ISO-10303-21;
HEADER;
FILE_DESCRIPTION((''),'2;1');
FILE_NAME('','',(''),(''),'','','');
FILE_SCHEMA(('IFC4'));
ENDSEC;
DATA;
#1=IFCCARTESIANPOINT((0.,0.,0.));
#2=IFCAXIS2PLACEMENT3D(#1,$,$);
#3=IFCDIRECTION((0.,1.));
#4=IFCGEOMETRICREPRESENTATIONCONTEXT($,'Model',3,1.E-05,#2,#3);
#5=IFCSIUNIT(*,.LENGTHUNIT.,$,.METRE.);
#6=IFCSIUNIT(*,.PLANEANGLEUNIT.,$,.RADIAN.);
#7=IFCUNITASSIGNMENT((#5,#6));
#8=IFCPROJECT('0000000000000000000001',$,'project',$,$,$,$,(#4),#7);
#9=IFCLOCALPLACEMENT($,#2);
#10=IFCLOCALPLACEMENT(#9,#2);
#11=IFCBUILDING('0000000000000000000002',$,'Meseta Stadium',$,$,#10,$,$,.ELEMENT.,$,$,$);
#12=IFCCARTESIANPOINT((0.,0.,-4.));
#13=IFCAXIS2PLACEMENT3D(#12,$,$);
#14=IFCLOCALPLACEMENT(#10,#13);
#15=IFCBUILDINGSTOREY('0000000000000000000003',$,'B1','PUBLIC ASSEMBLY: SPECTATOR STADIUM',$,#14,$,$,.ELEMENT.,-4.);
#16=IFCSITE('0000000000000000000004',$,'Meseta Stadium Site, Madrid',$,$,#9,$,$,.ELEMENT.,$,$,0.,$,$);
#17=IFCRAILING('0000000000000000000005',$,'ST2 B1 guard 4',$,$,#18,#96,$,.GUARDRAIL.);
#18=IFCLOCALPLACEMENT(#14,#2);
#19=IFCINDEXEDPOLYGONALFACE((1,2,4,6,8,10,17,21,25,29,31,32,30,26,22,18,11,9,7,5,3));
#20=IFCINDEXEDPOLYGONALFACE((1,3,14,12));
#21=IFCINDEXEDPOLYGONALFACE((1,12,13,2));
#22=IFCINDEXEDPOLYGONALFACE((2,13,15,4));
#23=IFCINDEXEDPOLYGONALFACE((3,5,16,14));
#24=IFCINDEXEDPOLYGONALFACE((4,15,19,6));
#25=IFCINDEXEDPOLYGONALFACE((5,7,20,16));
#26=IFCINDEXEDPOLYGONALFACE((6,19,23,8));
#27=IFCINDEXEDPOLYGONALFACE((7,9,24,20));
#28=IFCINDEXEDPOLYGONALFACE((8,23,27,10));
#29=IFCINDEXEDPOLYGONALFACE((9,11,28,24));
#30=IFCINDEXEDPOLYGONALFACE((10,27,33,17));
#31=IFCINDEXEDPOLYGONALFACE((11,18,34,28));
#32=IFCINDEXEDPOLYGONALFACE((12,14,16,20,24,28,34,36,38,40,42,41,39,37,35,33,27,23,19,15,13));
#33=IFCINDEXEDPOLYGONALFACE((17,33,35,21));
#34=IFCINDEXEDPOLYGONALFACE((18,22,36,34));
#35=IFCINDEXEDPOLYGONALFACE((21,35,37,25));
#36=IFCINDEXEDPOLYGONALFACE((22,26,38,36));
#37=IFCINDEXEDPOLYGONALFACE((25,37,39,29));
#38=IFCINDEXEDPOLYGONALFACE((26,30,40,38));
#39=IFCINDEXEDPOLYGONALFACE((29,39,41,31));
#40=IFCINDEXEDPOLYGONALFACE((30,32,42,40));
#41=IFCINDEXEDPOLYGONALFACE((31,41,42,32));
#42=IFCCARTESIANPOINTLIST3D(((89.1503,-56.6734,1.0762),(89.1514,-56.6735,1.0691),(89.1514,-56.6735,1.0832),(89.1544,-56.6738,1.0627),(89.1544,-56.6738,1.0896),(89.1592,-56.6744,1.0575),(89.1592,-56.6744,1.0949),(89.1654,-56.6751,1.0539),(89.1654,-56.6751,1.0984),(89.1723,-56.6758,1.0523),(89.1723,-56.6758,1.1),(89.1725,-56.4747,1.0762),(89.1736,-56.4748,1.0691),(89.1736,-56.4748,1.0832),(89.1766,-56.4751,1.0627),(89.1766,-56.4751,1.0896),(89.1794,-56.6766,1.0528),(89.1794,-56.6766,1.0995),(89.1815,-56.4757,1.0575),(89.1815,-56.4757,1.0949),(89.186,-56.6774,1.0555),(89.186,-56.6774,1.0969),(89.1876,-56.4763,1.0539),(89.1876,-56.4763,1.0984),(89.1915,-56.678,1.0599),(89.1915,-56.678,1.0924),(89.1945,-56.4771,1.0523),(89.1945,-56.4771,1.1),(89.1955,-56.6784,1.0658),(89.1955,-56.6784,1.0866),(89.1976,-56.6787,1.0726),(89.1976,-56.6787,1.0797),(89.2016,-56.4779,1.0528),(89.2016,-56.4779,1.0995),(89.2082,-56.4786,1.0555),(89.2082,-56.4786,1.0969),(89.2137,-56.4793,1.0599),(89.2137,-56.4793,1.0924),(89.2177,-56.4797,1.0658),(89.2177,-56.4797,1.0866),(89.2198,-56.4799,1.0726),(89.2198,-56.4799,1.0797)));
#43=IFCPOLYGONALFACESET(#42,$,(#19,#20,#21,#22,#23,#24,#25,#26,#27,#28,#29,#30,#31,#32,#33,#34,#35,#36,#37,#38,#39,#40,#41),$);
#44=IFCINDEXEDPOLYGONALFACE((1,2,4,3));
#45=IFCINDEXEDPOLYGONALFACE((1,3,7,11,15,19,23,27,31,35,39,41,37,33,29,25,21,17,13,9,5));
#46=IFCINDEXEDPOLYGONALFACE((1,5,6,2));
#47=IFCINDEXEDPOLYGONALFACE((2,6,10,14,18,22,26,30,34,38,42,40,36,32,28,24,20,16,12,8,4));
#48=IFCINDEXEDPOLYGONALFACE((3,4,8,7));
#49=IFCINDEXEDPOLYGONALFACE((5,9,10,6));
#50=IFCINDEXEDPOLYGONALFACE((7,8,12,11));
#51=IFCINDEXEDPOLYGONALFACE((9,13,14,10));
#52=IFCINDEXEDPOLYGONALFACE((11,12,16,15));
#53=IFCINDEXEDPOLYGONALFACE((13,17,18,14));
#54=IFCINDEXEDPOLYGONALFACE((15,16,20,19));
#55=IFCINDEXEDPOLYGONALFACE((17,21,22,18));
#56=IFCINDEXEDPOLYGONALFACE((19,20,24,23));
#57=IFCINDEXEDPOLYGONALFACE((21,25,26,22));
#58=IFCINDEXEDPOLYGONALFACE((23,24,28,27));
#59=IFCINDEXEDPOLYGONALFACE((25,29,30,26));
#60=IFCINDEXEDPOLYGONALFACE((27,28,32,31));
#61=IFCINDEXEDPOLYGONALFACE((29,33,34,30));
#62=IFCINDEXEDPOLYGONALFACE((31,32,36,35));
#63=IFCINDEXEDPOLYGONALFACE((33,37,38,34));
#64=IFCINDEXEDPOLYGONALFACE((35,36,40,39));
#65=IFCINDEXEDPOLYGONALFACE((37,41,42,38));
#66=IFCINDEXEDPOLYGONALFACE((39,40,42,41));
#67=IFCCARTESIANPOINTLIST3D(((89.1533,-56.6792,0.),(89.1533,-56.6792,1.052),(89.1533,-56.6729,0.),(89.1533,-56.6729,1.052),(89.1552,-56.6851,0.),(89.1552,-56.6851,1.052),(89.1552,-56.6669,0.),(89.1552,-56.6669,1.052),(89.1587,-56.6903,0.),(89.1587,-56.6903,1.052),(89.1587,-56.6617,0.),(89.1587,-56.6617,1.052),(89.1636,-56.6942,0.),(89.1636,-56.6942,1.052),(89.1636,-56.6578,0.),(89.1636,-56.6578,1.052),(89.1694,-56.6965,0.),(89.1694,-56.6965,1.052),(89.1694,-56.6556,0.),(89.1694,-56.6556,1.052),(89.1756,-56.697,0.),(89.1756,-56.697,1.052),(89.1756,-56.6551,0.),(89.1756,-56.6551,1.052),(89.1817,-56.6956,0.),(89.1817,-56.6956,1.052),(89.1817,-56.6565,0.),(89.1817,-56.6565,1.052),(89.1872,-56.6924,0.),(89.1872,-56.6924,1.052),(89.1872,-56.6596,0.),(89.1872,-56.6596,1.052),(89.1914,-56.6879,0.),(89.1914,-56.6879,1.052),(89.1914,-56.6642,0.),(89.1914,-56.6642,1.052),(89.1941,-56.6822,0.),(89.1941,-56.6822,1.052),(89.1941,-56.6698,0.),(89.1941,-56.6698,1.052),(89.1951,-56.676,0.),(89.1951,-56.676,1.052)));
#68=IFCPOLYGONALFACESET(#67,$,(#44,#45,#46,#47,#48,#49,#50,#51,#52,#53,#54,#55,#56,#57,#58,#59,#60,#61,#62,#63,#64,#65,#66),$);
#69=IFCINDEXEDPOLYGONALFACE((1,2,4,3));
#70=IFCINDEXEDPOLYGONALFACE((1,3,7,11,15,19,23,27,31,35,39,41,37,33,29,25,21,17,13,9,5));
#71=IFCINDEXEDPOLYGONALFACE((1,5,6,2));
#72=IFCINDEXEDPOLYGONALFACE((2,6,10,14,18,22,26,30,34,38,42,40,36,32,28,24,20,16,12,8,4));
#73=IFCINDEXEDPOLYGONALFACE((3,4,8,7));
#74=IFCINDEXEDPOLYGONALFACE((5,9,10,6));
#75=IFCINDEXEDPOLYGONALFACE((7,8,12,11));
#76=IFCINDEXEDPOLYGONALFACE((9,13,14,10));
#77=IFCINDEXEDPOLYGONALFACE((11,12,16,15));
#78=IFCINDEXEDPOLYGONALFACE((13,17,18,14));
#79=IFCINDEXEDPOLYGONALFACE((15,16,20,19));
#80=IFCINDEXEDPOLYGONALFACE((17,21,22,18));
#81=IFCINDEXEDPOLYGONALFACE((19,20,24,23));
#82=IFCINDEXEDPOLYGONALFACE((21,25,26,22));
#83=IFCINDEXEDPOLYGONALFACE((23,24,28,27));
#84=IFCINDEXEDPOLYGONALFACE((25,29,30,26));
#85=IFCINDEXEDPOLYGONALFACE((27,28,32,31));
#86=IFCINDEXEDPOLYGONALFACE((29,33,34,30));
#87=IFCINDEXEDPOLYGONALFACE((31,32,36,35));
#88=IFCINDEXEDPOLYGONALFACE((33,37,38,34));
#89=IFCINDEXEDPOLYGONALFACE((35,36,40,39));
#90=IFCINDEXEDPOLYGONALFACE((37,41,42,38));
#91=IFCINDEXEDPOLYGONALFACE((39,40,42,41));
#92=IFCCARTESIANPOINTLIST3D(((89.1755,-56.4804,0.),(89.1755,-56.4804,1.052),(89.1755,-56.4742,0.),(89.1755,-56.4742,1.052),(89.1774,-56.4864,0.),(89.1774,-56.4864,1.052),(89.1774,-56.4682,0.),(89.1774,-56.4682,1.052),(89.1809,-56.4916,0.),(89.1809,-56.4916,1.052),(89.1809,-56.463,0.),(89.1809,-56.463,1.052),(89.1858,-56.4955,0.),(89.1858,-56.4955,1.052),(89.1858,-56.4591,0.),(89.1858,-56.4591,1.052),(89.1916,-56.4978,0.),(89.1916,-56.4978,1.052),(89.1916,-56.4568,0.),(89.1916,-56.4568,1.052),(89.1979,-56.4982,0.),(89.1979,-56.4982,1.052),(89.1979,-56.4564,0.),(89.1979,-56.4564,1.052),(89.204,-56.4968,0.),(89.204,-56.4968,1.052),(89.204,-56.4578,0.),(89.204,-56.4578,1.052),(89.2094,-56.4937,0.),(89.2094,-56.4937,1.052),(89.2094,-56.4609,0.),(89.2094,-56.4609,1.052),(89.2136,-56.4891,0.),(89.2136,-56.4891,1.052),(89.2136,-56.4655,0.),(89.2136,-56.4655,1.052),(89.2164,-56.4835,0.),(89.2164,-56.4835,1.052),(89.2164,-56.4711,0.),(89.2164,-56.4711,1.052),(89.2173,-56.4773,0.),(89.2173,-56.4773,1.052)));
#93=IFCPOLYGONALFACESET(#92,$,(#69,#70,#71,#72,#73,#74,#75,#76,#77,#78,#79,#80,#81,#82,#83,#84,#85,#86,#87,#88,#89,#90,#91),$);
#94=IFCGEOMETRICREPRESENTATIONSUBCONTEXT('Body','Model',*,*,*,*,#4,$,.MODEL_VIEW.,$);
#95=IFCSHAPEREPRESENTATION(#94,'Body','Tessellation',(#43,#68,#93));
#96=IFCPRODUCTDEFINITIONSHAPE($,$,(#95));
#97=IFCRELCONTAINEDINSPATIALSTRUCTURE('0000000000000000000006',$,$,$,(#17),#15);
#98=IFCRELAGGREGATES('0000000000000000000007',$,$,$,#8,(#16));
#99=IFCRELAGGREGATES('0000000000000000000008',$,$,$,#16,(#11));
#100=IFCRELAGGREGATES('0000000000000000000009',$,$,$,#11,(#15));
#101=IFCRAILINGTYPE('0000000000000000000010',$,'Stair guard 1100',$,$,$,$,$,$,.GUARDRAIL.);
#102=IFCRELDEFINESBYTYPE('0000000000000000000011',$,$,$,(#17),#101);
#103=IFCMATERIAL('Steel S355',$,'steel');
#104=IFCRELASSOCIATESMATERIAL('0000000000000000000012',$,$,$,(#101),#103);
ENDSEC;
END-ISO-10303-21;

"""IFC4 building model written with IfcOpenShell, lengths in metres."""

from ifc_helpers import new_model, si_unit, direction, frame, origin, origin_2d, place, context, subcontext, project, spatial, circle, extrude, material, type_object, element, save


model = new_model("IFC4")

# Units and contexts
model_context = context("Model", 3, precision=1e-05, world=origin(), true_north=direction((0.0, 1.0)))
body_context = subcontext(model_context, "Body", "Model", "MODEL_VIEW")
ifc_project = project(units=[si_unit("LENGTHUNIT", "METRE"), si_unit("PLANEANGLEUNIT", "RADIAN")], contexts=[model_context])

# Site, building, storey
site_placement = place(None, origin())
site = spatial("IfcSite", under=ifc_project, at=site_placement, Name="Meseta Stadium Site, Madrid", CompositionType="ELEMENT", RefElevation=0.0)
building_placement = place(site_placement, origin())
building = spatial("IfcBuilding", under=site, at=building_placement, Name="Meseta Stadium", CompositionType="ELEMENT")
storey_placement = place(building_placement, frame((0.0, 0.0, -4.0)))
storey = spatial("IfcBuildingStorey", under=building, at=storey_placement, Name="B1", Description="PUBLIC ASSEMBLY: SPECTATOR STADIUM", CompositionType="ELEMENT", Elevation=-4.0)

# Railing
ifc_material_1 = material(Name="Steel S355", Category="steel")
railing_type_1 = type_object("IfcRailingType", Name="Stair guard 1100", PredefinedType="GUARDRAIL", material=ifc_material_1)
railing_1_placement = place(storey_placement, frame((89.1741, -56.676, 0.0)))
element("IfcRailing", 1, at=railing_1_placement, inside=storey, type_object=railing_type_1, Name="ST2 B1 guard 4", PredefinedType="GUARDRAIL", context=body_context, shape_type="SweptSolid", body=[
    extrude(circle(Radius=0.0239, at=origin_2d()), frame((0.0, 0.0, 1.0762), z_axis=(0.111102, 0.993809, 0.0), x_axis=(-0.993809, 0.111102, 0.0)), (0.0, 0.0, 1.0), 0.2),
    extrude(circle(Radius=0.021, at=origin_2d()), origin(), (0.0, 0.0, 1.0), 1.052),
    extrude(circle(Radius=0.021, at=origin_2d()), frame((0.0222, 0.1987, 0.0)), (0.0, 0.0, 1.0), 1.052),
])

save(model, "model.ifc")
